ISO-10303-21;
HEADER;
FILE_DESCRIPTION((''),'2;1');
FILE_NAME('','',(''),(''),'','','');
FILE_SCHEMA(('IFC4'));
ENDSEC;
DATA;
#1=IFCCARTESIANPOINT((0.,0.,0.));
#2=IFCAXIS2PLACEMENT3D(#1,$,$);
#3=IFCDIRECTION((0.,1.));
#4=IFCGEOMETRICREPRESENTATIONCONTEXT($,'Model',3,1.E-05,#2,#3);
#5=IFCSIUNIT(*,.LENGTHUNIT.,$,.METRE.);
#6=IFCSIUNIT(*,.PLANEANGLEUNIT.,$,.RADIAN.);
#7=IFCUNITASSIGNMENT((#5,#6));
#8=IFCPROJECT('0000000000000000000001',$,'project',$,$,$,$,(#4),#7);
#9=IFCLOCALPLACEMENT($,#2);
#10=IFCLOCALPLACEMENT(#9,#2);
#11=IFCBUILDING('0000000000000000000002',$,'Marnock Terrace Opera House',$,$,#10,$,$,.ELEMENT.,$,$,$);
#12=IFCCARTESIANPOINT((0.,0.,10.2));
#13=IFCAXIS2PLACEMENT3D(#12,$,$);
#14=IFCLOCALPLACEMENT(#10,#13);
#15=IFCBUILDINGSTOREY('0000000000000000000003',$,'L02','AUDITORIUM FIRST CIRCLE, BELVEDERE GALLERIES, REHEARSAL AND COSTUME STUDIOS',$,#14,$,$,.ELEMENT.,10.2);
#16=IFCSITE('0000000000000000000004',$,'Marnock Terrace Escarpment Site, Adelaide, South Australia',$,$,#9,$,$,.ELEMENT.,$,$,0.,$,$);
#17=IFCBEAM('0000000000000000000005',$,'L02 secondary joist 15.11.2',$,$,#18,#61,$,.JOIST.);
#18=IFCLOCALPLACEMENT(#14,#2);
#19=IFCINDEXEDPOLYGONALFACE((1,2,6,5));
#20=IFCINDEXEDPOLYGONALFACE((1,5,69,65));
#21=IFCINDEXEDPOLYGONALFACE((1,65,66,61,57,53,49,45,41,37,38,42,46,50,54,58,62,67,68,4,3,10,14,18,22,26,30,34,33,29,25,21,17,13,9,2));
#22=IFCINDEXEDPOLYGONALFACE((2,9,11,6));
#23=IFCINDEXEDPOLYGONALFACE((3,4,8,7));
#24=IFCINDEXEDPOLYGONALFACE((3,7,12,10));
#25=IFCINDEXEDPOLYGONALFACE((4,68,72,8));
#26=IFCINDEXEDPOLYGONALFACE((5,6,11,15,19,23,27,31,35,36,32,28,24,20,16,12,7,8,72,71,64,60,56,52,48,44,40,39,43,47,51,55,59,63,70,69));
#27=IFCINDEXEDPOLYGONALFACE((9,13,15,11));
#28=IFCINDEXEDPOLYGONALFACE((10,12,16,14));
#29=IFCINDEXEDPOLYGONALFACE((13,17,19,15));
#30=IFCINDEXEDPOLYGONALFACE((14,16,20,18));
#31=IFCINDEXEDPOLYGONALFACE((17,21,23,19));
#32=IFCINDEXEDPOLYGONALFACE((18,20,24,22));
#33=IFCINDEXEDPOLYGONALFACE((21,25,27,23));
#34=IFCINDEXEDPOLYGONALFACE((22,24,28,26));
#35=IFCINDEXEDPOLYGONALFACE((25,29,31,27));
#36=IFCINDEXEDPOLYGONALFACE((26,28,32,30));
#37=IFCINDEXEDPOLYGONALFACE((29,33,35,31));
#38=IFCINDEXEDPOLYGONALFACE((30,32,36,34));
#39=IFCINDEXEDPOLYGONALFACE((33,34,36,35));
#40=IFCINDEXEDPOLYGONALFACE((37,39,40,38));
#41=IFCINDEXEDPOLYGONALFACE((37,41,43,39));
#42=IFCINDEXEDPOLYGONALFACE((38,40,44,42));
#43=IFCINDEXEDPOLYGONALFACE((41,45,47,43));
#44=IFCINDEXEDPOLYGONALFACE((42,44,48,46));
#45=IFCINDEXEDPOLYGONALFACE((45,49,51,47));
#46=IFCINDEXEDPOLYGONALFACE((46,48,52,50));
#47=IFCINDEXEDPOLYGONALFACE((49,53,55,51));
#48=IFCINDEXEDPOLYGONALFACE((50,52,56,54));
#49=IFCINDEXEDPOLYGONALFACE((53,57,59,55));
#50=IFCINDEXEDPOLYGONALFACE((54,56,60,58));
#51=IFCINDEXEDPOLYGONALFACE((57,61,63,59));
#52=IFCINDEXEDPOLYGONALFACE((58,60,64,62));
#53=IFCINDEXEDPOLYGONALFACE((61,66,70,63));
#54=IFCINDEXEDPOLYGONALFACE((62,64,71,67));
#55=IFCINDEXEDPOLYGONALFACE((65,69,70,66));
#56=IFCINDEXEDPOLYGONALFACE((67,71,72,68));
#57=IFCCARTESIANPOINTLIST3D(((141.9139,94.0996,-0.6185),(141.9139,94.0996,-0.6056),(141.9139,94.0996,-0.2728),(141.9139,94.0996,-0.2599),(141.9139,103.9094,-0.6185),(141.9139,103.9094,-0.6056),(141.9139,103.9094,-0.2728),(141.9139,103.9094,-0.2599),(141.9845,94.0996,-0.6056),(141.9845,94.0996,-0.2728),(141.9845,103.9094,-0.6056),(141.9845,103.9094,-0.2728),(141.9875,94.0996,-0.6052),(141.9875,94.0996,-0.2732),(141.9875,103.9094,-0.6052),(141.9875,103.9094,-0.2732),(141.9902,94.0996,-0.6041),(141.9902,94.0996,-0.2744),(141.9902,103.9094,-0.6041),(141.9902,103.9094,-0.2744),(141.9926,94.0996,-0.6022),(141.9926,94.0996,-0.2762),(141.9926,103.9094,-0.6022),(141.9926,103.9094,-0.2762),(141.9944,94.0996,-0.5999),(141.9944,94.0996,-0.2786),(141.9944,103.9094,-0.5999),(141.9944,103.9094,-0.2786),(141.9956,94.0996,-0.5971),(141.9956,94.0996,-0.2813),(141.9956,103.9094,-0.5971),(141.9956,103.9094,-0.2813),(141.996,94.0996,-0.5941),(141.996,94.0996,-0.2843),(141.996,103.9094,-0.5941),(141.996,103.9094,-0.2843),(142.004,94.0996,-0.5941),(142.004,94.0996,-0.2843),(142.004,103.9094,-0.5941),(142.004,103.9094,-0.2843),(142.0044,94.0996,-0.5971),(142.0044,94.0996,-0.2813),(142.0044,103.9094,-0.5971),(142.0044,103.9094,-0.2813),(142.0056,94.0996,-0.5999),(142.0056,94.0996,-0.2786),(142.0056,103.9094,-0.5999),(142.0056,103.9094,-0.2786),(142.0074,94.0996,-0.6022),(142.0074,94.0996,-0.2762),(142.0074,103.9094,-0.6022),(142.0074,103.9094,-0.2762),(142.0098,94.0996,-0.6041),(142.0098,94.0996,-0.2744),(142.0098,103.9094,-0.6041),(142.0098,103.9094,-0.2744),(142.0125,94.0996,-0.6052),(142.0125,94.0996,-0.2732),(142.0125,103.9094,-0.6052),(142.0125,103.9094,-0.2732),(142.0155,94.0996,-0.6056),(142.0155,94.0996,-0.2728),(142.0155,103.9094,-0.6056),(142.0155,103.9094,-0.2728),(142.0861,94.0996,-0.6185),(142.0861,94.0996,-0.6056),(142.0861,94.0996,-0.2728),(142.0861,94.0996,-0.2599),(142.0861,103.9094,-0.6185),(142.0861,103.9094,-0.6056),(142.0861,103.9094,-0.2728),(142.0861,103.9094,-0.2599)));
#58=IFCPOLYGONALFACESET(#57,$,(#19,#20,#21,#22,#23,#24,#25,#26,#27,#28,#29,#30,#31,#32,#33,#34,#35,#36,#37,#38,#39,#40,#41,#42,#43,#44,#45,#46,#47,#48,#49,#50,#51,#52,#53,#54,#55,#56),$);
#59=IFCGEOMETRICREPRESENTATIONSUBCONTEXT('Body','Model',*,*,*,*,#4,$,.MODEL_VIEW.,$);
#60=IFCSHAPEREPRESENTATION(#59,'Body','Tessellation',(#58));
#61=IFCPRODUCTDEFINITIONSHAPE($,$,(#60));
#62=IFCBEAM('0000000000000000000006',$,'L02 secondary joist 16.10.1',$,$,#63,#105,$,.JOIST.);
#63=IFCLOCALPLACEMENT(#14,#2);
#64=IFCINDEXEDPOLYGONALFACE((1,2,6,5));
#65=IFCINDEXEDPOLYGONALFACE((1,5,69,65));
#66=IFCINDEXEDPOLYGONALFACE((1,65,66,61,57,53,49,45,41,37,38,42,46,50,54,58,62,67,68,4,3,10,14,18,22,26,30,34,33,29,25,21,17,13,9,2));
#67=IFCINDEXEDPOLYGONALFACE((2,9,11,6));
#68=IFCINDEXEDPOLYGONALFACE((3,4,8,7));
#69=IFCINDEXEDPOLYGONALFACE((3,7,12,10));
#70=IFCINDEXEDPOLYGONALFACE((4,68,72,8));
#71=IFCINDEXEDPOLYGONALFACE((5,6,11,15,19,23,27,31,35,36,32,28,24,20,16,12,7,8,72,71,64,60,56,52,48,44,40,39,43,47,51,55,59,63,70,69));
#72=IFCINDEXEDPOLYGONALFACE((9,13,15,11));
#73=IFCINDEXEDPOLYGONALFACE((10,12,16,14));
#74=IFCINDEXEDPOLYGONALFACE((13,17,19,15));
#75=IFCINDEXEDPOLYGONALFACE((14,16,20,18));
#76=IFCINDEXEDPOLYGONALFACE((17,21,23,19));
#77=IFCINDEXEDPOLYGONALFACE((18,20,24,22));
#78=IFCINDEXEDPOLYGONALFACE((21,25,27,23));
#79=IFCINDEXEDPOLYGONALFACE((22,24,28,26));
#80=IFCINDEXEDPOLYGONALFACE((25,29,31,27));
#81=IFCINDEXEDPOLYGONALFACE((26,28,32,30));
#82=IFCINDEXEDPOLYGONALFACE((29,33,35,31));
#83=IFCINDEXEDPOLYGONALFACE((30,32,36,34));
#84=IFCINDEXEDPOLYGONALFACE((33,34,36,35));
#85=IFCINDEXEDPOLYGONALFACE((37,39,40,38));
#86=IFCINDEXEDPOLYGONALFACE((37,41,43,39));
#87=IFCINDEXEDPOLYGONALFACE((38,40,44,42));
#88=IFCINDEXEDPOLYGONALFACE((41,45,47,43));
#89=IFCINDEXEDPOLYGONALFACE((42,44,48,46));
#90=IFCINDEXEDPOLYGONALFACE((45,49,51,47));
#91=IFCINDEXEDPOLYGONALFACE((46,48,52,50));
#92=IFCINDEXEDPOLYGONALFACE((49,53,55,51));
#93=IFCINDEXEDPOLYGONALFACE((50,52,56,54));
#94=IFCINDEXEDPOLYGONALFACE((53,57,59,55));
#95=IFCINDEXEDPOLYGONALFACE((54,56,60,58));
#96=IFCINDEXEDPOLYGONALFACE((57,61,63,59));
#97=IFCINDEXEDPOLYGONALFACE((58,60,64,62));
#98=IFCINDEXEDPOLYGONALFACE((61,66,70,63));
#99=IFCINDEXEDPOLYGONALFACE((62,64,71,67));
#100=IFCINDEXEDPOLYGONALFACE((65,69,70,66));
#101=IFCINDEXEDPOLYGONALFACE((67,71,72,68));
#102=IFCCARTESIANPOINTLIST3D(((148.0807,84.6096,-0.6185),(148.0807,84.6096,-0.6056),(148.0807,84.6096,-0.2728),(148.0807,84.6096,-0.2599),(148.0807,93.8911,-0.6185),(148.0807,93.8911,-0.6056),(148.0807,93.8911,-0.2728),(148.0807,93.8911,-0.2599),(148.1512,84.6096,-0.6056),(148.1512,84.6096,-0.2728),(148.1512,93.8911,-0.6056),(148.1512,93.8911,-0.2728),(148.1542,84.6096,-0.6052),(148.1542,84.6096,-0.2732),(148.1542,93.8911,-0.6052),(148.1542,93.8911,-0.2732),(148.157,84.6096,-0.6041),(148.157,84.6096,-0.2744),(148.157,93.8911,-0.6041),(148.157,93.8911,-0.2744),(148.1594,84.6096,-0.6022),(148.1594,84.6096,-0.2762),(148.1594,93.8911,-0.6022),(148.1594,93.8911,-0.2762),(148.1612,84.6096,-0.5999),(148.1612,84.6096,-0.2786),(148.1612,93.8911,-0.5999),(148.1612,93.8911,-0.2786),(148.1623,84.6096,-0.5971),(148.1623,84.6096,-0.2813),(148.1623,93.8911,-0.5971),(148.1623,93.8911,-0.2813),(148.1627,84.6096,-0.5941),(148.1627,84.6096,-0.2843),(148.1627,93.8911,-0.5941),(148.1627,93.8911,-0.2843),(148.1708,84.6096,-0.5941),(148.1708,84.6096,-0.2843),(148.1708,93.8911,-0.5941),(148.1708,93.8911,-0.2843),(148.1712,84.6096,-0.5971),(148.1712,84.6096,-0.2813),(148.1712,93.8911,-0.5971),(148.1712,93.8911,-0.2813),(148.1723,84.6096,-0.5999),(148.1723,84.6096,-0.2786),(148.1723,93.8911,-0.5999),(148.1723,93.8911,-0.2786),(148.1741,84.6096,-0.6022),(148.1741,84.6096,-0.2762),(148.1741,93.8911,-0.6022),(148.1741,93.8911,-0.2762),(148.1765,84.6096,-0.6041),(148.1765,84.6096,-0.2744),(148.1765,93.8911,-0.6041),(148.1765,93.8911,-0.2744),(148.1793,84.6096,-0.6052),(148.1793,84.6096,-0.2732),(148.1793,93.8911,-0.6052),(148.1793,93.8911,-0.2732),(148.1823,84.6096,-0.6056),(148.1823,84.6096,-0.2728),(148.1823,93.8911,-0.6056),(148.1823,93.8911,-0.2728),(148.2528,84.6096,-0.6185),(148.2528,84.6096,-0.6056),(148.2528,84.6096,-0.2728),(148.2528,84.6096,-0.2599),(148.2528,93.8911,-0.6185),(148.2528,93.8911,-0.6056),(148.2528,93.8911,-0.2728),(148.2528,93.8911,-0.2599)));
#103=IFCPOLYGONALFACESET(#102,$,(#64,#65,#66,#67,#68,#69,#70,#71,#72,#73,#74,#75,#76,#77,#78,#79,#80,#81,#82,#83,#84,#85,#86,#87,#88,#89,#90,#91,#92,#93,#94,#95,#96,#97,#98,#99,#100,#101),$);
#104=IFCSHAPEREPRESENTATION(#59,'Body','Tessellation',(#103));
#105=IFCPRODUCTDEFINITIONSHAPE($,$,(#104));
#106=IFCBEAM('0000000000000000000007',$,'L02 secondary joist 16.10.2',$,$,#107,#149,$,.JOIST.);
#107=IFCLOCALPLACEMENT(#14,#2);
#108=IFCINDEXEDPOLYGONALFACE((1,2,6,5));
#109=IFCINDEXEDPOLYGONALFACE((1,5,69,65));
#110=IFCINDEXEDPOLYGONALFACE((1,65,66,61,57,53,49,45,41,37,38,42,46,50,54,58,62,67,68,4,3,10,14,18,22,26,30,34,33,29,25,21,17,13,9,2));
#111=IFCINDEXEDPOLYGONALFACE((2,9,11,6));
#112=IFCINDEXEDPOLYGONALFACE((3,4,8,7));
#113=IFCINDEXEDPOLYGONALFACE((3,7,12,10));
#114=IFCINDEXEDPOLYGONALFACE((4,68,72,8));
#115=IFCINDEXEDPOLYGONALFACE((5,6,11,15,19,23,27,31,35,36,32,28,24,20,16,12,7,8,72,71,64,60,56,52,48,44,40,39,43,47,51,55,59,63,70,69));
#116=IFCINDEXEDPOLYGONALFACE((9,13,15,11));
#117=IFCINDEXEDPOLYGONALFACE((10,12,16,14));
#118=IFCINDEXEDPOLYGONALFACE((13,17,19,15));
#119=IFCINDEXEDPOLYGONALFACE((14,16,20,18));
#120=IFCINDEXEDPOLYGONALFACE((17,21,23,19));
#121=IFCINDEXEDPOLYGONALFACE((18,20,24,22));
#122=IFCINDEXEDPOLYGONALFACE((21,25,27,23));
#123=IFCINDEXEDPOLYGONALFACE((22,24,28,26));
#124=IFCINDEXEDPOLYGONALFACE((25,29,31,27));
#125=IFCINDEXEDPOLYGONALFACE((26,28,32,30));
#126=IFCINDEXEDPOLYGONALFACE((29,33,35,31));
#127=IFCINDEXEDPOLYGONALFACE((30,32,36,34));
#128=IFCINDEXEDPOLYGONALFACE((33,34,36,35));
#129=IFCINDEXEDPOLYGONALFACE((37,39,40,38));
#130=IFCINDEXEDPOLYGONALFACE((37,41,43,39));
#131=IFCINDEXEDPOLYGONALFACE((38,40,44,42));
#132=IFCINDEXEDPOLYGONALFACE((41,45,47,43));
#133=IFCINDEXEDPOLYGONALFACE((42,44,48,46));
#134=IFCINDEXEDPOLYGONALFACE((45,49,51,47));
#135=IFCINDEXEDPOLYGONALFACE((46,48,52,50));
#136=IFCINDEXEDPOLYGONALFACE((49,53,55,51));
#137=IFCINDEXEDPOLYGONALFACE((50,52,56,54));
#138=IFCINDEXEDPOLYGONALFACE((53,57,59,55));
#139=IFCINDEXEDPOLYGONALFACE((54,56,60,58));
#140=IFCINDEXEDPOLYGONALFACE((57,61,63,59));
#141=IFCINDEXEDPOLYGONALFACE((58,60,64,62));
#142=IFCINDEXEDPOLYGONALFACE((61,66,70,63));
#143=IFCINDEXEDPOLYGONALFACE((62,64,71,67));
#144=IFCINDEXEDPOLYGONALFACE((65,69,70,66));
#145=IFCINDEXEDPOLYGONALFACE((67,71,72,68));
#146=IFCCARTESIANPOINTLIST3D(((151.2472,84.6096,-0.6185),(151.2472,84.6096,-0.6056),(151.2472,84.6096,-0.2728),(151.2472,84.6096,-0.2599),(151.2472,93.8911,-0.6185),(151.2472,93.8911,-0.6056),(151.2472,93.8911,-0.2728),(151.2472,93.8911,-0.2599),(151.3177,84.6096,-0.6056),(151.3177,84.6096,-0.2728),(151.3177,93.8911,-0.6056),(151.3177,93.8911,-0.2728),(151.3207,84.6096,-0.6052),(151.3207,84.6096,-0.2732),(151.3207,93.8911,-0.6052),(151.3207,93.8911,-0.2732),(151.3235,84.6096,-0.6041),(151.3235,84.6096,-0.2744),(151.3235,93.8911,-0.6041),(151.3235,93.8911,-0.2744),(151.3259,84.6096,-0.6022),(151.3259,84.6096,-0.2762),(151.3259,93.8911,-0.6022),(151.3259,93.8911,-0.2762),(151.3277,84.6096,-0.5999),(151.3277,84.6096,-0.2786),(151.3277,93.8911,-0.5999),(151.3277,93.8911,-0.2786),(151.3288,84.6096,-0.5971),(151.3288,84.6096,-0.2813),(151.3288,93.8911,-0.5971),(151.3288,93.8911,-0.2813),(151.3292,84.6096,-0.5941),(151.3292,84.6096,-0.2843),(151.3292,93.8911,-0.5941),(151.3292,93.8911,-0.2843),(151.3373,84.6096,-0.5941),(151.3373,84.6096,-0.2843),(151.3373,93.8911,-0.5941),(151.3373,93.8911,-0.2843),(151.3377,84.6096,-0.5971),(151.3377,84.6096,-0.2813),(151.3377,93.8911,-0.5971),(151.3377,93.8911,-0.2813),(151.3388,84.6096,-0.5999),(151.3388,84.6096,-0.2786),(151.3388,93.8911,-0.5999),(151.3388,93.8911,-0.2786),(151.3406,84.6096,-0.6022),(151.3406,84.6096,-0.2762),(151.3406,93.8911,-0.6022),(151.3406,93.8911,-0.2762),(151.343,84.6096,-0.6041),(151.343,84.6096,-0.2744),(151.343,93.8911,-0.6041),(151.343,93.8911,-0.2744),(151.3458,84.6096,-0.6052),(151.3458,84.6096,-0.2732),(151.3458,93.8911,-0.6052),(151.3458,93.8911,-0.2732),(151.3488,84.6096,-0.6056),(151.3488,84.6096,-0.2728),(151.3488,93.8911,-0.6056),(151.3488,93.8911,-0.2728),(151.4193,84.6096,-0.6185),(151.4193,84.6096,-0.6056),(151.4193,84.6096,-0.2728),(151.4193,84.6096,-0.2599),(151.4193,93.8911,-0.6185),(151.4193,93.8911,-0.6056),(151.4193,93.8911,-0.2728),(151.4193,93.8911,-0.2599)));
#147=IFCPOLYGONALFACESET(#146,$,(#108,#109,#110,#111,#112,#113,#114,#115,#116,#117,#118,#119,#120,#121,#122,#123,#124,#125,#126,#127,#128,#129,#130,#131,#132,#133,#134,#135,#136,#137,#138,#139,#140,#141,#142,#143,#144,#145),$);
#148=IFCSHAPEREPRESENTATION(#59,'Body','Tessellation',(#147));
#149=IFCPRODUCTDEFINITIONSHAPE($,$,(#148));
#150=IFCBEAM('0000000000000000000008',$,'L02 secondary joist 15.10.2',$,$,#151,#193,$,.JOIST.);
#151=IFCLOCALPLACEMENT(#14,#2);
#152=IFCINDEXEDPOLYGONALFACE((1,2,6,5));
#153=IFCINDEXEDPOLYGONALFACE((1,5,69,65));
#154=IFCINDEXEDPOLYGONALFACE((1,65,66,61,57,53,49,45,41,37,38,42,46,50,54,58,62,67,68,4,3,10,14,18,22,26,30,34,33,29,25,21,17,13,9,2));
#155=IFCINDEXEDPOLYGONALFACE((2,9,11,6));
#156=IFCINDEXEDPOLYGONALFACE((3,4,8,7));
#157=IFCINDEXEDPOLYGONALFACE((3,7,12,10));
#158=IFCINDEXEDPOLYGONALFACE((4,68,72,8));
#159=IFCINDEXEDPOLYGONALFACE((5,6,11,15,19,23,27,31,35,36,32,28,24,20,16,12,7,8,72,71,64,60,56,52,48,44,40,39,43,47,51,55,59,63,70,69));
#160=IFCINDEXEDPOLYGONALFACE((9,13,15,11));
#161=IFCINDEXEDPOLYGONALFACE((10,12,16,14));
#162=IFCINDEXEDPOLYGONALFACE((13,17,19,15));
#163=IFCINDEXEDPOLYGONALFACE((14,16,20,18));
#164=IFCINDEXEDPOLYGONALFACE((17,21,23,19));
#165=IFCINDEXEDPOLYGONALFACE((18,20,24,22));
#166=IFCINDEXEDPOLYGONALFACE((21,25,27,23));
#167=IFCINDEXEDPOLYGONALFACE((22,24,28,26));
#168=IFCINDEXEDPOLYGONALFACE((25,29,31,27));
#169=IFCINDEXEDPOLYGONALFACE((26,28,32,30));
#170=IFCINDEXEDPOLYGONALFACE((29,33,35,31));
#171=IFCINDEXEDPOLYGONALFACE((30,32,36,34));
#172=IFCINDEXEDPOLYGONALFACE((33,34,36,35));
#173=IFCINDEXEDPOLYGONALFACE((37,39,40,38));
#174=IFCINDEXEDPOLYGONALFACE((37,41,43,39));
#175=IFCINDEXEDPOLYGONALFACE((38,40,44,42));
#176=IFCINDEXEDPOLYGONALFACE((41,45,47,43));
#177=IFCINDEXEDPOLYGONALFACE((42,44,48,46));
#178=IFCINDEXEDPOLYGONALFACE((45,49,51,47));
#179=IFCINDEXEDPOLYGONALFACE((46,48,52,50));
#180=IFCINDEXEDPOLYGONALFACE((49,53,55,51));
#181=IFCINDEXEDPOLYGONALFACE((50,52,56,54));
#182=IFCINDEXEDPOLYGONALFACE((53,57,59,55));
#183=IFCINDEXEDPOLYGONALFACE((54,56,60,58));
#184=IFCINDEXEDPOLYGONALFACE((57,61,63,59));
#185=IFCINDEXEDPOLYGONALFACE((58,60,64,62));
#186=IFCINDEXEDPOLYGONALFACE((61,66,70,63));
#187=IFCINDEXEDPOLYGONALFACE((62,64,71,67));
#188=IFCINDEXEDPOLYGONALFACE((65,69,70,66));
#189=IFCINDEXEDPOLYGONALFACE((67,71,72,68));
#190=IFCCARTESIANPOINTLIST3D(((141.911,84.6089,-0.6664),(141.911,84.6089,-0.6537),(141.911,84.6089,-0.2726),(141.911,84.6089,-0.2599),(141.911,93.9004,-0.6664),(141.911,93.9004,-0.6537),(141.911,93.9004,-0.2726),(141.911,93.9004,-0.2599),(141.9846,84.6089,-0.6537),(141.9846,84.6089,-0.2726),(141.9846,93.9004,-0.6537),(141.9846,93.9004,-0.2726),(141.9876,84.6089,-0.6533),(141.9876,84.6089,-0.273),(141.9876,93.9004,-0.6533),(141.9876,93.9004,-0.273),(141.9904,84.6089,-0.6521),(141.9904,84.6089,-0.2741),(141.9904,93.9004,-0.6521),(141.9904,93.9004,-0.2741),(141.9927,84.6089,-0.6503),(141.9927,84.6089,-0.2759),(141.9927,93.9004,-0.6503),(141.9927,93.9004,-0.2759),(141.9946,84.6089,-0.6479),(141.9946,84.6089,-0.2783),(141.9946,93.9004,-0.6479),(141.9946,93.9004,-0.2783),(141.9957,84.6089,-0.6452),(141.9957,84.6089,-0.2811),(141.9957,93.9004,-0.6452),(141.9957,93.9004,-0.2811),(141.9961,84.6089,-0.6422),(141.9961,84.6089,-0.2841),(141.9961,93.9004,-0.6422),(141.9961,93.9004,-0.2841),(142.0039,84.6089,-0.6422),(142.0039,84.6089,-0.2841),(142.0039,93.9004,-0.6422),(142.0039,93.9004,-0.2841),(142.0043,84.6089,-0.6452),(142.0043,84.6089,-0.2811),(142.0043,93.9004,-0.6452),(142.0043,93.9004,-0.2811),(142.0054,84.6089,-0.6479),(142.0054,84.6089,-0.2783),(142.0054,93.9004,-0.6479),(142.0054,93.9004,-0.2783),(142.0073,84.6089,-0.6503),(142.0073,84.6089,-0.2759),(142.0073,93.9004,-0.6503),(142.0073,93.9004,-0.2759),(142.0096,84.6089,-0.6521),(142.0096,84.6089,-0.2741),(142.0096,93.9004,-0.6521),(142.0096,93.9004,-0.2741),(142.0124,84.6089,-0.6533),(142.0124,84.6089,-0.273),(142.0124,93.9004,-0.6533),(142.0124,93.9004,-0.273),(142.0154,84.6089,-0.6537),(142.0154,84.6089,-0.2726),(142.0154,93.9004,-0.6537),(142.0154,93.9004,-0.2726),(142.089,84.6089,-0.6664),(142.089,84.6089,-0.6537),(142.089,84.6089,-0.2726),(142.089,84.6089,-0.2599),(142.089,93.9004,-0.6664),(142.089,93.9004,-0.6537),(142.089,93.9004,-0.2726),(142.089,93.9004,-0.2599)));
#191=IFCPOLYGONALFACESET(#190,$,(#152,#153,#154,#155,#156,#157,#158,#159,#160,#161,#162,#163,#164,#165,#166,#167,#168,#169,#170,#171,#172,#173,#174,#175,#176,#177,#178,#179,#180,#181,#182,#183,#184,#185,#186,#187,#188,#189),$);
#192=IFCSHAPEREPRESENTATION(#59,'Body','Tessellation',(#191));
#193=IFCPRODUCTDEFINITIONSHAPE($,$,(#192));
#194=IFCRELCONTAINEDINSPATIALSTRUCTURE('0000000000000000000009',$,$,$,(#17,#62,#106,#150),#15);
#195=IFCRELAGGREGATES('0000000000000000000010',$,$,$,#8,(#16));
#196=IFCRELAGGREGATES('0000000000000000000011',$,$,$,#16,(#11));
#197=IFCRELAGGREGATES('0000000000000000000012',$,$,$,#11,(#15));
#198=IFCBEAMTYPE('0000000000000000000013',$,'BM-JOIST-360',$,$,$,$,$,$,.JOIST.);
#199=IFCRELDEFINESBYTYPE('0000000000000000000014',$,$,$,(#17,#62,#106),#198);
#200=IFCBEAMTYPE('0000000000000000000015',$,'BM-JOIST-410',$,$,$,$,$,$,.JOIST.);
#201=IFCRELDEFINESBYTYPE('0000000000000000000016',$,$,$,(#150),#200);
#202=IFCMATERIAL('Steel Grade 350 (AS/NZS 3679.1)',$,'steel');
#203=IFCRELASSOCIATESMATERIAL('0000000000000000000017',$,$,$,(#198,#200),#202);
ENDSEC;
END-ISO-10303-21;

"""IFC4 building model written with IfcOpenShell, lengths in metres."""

from ifc_helpers import new_model, si_unit, direction, frame, origin, origin_2d, place, context, subcontext, project, spatial, i_section, extrude, material, material_profile, profile_set, type_object, element, save


model = new_model("IFC4")

# Units and contexts
model_context = context("Model", 3, precision=1e-05, world=origin(), true_north=direction((0.0, 1.0)))
body_context = subcontext(model_context, "Body", "Model", "MODEL_VIEW")
ifc_project = project(units=[si_unit("LENGTHUNIT", "METRE"), si_unit("PLANEANGLEUNIT", "RADIAN")], contexts=[model_context])

# Site, building, storey
site_placement = place(None, origin())
site = spatial("IfcSite", under=ifc_project, at=site_placement, Name="Marnock Terrace Escarpment Site, Adelaide, South Australia", CompositionType="ELEMENT", RefElevation=0.0)
building_placement = place(site_placement, origin())
building = spatial("IfcBuilding", under=site, at=building_placement, Name="Marnock Terrace Opera House", CompositionType="ELEMENT")
storey_placement = place(building_placement, frame((0.0, 0.0, 10.2)))
storey = spatial("IfcBuildingStorey", under=building, at=storey_placement, Name="L02", Description="AUDITORIUM FIRST CIRCLE, BELVEDERE GALLERIES, REHEARSAL AND COSTUME STUDIOS", CompositionType="ELEMENT", Elevation=10.2)

# Beams
ifc_material_1 = material(Name="Steel Grade 350 (AS/NZS 3679.1)", Category="steel")
ifc_material_profile_1 = material_profile(ifc_material_1, i_section(OverallWidth=0.1721, OverallDepth=0.3586, WebThickness=0.0081, FlangeThickness=0.0129, FilletRadius=0.0115, at=origin_2d()))
ifc_profile_set_1 = profile_set([ifc_material_profile_1], Name="Steel Grade 350 (AS/NZS 3679.1)")
beam_type_1 = type_object("IfcBeamType", Name="BM-JOIST-360", PredefinedType="JOIST", material=ifc_profile_set_1)
beam_1_placement = place(storey_placement, frame((142.0, 94.0996, -0.4392), z_axis=(0.0, 1.0, 0.0), x_axis=(-1.0, 0.0, 0.0)))
element("IfcBeam", 1, at=beam_1_placement, inside=storey, type_object=beam_type_1, Name="L02 secondary joist 15.11.2", PredefinedType="JOIST", context=body_context, shape_type="SweptSolid", body=[
    extrude(i_section(OverallWidth=0.1721, OverallDepth=0.3586, WebThickness=0.0081, FlangeThickness=0.0129, FilletRadius=0.0115, at=origin_2d()), origin(), (0.0, 0.0, 1.0), 9.8098),
])
for number, where, z_axis, x_axis, name in (
    (2, (148.1667, 84.6096, -0.4392), (0.0, 1.0, 0.0), (-1.0, 0.0, 0.0), "L02 secondary joist 16.10.1"),
    (3, (151.3333, 84.6096, -0.4392), (0.0, 1.0, 0.0), (-1.0, 0.0, 0.0), "L02 secondary joist 16.10.2"),
):
    element("IfcBeam", number, at=place(storey_placement, frame(where, z_axis=z_axis, x_axis=x_axis)), inside=storey, type_object=beam_type_1, Name=name, PredefinedType="JOIST", context=body_context, shape_type="SweptSolid", body=[
        extrude(i_section(OverallWidth=0.1721, OverallDepth=0.3586, WebThickness=0.0081, FlangeThickness=0.0129, FilletRadius=0.0115, at=origin_2d()), origin(), (0.0, 0.0, 1.0), 9.2815),
    ])
ifc_material_profile_2 = material_profile(ifc_material_1, i_section(OverallWidth=0.178, OverallDepth=0.4065, WebThickness=0.0078, FlangeThickness=0.0127, FilletRadius=0.0115, at=origin_2d()))
ifc_profile_set_2 = profile_set([ifc_material_profile_2], Name="Steel Grade 350 (AS/NZS 3679.1)")
beam_type_2 = type_object("IfcBeamType", Name="BM-JOIST-410", PredefinedType="JOIST", material=ifc_profile_set_2)
beam_2_placement = place(storey_placement, frame((142.0, 84.6089, -0.4631), z_axis=(0.0, 1.0, 0.0), x_axis=(-1.0, 0.0, 0.0)))
element("IfcBeam", 4, at=beam_2_placement, inside=storey, type_object=beam_type_2, Name="L02 secondary joist 15.10.2", PredefinedType="JOIST", context=body_context, shape_type="SweptSolid", body=[
    extrude(i_section(OverallWidth=0.178, OverallDepth=0.4065, WebThickness=0.0078, FlangeThickness=0.0127, FilletRadius=0.0115, at=origin_2d()), origin(), (0.0, 0.0, 1.0), 9.2915),
])

save(model, "model.ifc")
